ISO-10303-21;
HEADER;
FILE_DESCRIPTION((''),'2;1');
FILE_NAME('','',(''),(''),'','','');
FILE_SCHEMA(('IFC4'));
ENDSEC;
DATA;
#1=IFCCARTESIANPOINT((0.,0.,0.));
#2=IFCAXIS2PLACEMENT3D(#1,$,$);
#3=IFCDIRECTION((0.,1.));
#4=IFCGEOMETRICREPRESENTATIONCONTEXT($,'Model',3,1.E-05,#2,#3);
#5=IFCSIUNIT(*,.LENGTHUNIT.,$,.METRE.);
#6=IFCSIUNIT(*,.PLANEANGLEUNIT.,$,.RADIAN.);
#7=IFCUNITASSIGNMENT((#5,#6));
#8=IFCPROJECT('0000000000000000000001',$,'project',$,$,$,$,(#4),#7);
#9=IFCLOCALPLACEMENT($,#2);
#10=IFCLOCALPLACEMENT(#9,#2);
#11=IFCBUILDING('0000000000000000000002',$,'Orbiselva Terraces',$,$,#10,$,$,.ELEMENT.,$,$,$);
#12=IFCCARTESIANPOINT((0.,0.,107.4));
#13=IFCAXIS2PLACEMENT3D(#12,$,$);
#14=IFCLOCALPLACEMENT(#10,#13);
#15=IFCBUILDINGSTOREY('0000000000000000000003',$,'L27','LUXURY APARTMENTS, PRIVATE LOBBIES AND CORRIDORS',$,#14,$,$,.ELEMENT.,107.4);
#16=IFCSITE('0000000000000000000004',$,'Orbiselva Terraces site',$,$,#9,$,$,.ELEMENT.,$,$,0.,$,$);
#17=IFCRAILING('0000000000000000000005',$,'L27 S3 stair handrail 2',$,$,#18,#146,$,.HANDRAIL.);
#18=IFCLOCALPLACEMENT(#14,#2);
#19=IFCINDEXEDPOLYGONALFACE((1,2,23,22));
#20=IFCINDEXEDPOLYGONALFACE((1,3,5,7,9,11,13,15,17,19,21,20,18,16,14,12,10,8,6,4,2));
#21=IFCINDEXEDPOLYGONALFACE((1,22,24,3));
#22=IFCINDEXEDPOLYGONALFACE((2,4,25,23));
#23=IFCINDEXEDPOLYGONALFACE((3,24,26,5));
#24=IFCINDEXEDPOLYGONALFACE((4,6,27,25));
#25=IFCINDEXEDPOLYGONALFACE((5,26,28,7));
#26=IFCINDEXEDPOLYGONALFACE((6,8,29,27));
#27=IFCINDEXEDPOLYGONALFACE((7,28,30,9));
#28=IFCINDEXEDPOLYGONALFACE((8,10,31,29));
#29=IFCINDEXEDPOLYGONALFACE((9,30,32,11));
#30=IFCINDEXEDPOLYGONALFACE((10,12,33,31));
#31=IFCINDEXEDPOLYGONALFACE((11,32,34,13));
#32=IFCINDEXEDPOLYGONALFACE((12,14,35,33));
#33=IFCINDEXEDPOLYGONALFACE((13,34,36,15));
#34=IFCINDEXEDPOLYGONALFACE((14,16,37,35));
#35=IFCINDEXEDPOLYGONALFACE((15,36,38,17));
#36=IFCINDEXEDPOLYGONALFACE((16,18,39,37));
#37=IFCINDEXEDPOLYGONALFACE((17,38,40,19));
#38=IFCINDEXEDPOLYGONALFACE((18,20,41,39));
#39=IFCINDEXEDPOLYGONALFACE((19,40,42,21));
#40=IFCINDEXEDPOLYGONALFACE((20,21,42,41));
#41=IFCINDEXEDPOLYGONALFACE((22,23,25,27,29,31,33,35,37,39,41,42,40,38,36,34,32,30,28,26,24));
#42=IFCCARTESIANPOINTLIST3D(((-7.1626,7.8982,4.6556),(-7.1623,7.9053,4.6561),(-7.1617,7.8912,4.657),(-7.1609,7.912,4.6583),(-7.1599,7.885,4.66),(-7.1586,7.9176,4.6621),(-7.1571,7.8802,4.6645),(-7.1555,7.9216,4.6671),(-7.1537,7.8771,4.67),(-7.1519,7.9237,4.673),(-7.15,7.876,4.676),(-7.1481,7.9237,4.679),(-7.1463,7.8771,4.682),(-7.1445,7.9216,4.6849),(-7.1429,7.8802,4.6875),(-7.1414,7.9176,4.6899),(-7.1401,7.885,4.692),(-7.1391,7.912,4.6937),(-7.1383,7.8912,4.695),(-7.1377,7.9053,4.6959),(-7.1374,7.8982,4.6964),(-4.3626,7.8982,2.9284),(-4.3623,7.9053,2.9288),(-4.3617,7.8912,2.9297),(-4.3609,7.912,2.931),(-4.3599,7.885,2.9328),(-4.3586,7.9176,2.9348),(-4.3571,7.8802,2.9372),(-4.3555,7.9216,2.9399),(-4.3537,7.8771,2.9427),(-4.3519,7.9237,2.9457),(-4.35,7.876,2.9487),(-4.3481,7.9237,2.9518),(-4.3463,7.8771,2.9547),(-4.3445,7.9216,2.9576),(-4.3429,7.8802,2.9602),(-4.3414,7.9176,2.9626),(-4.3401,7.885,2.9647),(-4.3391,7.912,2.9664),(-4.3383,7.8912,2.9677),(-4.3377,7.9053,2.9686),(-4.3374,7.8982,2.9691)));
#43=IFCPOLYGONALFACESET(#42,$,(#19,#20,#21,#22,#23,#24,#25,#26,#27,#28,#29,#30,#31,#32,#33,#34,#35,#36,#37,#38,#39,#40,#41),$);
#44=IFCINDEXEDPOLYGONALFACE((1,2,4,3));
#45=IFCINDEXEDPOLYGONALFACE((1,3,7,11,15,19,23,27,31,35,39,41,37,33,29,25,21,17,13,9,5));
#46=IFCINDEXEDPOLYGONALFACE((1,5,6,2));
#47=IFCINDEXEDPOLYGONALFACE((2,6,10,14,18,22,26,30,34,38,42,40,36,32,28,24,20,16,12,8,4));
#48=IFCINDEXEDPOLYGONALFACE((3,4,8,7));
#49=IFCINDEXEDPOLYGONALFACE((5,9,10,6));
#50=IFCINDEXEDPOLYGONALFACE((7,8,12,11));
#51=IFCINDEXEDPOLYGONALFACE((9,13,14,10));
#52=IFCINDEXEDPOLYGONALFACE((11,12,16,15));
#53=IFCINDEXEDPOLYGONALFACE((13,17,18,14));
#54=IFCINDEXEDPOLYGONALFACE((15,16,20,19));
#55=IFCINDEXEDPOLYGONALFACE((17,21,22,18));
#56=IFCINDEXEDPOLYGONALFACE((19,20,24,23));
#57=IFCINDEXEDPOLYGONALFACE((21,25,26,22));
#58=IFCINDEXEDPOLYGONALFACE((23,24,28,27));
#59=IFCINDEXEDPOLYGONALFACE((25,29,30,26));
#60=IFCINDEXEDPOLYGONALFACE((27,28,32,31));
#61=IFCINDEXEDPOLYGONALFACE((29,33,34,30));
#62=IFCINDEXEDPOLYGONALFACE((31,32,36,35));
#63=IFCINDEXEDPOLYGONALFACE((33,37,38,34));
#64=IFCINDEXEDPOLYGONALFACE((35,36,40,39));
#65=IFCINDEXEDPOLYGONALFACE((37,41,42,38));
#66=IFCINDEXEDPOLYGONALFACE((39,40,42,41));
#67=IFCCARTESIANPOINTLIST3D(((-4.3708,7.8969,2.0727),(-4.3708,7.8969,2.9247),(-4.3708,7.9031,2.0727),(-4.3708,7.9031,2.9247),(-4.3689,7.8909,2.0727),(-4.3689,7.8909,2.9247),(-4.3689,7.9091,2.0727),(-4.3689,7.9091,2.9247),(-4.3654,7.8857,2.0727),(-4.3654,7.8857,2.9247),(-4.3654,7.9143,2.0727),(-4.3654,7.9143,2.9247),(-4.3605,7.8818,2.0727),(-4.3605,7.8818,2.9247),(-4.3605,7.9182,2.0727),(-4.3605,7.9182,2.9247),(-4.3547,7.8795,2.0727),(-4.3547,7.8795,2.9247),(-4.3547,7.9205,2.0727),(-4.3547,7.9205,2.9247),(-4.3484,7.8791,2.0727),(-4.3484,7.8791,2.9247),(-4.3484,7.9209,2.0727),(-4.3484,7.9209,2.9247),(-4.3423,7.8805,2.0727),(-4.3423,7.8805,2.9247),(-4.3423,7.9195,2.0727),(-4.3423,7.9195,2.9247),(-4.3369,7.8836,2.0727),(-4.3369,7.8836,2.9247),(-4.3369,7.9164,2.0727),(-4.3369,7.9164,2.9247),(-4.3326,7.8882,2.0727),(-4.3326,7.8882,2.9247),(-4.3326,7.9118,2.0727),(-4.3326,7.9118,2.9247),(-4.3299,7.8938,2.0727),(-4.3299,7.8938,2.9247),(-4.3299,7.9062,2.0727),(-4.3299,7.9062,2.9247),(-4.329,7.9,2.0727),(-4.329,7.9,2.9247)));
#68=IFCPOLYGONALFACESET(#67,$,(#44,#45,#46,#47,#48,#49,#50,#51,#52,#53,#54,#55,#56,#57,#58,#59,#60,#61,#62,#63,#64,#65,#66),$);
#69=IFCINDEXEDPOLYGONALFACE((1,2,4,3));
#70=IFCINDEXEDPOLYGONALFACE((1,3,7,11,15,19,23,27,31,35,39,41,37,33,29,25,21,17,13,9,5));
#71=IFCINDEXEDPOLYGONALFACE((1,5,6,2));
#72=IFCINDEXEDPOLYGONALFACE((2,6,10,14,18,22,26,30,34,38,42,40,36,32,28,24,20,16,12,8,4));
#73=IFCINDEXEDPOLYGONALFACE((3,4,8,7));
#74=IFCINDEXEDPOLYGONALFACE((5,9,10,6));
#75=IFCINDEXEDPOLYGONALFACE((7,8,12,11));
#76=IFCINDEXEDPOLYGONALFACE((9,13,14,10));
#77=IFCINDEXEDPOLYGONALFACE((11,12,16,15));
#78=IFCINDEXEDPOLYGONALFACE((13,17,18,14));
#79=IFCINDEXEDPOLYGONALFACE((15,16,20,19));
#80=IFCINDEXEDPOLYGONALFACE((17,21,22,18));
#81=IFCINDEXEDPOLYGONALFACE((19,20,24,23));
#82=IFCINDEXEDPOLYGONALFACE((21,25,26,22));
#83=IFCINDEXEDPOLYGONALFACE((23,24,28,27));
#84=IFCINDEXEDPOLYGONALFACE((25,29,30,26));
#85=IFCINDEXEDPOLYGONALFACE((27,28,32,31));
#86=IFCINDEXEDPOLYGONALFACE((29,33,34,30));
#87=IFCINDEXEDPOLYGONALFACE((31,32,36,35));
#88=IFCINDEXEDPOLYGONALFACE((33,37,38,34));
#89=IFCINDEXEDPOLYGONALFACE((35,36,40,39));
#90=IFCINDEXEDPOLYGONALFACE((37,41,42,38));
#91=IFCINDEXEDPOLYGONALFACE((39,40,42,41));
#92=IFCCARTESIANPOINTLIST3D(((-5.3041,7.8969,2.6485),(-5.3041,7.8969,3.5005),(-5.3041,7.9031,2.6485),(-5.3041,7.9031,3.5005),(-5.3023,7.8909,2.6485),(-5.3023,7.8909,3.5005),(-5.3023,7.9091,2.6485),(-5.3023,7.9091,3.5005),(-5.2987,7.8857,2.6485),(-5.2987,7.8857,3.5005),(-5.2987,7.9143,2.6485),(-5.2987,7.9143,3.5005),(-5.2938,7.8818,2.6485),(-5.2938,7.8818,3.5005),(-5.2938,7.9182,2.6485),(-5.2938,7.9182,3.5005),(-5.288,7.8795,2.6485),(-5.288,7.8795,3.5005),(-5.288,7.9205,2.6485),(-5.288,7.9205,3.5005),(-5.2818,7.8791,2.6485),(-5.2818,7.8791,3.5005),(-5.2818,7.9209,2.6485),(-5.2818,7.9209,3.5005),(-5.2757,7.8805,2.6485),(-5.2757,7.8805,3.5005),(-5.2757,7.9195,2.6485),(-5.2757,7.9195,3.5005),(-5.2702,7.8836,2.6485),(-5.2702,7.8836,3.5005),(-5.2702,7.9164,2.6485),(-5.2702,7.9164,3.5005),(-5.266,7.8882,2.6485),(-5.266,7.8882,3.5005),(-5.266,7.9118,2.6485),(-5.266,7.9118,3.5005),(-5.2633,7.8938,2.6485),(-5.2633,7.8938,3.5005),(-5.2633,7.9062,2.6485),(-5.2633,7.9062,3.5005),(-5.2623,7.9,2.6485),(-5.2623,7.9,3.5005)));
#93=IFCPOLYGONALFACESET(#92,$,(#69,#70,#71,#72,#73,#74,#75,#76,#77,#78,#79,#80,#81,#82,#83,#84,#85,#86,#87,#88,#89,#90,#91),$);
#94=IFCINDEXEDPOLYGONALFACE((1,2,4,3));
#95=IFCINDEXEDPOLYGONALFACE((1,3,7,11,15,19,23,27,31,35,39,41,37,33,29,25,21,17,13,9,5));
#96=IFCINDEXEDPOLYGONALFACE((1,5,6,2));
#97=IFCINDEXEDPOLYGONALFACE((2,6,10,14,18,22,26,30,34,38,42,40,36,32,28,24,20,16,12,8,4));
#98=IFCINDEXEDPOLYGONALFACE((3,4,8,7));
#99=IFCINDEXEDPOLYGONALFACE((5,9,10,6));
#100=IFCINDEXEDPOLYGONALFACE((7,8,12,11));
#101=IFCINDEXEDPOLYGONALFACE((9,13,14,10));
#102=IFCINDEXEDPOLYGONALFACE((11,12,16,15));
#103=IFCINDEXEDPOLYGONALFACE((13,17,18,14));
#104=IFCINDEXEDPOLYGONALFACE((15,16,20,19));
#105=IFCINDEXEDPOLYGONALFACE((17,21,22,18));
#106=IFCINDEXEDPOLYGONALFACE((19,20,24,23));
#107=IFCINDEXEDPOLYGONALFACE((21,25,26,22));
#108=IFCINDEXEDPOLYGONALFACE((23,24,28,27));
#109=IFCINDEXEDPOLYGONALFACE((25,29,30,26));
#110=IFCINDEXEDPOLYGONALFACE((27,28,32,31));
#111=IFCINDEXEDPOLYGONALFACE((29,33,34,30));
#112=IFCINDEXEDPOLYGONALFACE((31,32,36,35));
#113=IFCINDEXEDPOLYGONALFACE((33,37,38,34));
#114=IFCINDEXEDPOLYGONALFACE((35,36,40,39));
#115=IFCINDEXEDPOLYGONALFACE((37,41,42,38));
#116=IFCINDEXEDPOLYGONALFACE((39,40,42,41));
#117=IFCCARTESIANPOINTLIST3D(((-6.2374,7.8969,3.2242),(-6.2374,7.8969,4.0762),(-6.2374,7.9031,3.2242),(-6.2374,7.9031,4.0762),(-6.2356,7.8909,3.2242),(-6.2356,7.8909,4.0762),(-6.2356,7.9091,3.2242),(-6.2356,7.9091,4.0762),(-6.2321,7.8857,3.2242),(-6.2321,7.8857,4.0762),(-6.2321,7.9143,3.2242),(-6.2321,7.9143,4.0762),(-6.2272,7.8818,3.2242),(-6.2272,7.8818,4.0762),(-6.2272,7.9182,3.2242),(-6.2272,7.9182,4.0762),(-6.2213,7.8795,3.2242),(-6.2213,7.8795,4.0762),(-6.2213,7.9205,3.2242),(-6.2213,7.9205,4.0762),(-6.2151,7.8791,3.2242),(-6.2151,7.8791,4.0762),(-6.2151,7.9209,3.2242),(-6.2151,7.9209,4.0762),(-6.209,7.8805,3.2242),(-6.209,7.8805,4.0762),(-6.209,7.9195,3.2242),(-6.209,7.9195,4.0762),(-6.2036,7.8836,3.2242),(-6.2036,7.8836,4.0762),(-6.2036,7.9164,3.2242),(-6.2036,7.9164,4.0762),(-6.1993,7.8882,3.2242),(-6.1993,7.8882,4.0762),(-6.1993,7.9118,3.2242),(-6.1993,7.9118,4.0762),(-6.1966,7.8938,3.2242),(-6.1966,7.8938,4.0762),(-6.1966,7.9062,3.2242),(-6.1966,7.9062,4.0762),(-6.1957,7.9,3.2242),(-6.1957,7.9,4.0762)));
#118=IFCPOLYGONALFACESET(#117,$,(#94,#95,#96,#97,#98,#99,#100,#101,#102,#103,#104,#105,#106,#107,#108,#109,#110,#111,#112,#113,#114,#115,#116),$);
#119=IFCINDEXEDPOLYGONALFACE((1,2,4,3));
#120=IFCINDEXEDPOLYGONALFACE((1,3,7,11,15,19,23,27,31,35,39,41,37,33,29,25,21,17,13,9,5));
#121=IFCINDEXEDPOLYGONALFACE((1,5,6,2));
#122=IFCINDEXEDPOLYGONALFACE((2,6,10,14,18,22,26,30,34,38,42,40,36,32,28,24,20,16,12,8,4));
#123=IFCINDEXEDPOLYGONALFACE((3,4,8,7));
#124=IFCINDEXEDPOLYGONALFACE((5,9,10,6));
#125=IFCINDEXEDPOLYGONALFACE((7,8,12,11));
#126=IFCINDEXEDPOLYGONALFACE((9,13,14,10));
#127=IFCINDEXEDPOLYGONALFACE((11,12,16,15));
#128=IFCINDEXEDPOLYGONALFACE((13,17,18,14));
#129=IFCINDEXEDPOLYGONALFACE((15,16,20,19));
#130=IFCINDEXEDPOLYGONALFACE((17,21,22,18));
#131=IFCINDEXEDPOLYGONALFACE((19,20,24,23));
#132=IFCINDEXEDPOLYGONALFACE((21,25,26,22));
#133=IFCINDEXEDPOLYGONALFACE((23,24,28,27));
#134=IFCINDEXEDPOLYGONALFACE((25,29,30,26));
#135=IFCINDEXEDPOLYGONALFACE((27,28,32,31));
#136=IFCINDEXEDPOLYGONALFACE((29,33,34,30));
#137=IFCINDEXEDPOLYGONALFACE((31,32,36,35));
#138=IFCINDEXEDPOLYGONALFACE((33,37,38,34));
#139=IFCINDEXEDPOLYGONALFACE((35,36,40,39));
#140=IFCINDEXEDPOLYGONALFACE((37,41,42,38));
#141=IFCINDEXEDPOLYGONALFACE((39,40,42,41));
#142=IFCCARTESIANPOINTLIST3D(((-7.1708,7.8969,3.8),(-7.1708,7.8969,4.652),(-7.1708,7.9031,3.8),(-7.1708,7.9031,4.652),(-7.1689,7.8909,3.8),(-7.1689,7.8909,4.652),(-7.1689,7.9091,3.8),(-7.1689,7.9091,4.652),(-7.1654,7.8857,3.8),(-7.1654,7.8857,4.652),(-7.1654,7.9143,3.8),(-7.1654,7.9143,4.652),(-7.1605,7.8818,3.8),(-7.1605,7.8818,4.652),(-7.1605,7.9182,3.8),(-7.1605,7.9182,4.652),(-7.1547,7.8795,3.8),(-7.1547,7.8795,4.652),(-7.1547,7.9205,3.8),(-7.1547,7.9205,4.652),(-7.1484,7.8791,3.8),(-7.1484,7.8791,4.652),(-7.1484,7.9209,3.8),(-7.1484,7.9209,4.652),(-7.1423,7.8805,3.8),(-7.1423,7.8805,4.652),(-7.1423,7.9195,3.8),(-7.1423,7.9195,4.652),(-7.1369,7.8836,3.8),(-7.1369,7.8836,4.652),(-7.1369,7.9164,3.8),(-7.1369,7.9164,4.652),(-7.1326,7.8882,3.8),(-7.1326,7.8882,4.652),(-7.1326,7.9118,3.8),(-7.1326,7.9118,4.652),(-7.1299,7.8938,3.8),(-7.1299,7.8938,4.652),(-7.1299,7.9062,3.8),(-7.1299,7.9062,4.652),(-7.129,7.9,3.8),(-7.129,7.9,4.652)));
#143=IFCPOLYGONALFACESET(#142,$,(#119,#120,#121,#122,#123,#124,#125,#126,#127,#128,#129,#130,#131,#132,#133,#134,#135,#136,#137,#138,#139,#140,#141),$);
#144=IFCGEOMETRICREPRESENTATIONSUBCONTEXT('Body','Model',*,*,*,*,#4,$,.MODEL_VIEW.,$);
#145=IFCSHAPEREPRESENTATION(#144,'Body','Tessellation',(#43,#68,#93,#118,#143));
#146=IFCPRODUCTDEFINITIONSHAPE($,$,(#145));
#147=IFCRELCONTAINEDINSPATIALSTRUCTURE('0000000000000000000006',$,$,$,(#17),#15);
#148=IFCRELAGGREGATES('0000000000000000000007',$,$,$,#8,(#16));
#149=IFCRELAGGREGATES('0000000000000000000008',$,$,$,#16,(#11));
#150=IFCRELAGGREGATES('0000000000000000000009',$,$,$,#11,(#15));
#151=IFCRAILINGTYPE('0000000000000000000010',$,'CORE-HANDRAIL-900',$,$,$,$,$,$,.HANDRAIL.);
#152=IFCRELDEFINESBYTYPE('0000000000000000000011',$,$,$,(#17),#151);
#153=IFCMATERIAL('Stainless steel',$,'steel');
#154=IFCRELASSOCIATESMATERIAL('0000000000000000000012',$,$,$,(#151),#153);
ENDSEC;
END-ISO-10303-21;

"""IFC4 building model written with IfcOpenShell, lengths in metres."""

from ifc_helpers import new_model, si_unit, direction, frame, origin, origin_2d, place, context, subcontext, project, spatial, circle, extrude, material, type_object, element, save


model = new_model("IFC4")

# Units and contexts
model_context = context("Model", 3, precision=1e-05, world=origin(), true_north=direction((0.0, 1.0)))
body_context = subcontext(model_context, "Body", "Model", "MODEL_VIEW")
ifc_project = project(units=[si_unit("LENGTHUNIT", "METRE"), si_unit("PLANEANGLEUNIT", "RADIAN")], contexts=[model_context])

# Site, building, storey
site_placement = place(None, origin())
site = spatial("IfcSite", under=ifc_project, at=site_placement, Name="Orbiselva Terraces site", CompositionType="ELEMENT", RefElevation=0.0)
building_placement = place(site_placement, origin())
building = spatial("IfcBuilding", under=site, at=building_placement, Name="Orbiselva Terraces", CompositionType="ELEMENT")
storey_placement = place(building_placement, frame((0.0, 0.0, 107.4)))
storey = spatial("IfcBuildingStorey", under=building, at=storey_placement, Name="L27", Description="LUXURY APARTMENTS, PRIVATE LOBBIES AND CORRIDORS", CompositionType="ELEMENT", Elevation=107.4)

# Railing
ifc_material_1 = material(Name="Stainless steel", Category="steel")
railing_type_1 = type_object("IfcRailingType", Name="CORE-HANDRAIL-900", PredefinedType="HANDRAIL", material=ifc_material_1)
railing_1_placement = place(storey_placement, frame((-4.35, 7.9, 2.0727)))
element("IfcRailing", 1, at=railing_1_placement, inside=storey, type_object=railing_type_1, Name="L27 S3 stair handrail 2", PredefinedType="HANDRAIL", context=body_context, shape_type="SweptSolid", body=[
    extrude(circle(Radius=0.024, at=origin_2d()), frame((0.0, 0.0, 0.876), z_axis=(-0.851089, 0.0, 0.525022), x_axis=(0.0, -1.0, 0.0)), (0.0, 0.0, 1.0), 3.2899),
    extrude(circle(Radius=0.021, at=origin_2d()), origin(), (0.0, 0.0, 1.0), 0.852),
    extrude(circle(Radius=0.021, at=origin_2d()), frame((-0.9333, 0.0, 0.5758)), (0.0, 0.0, 1.0), 0.852),
    extrude(circle(Radius=0.021, at=origin_2d()), frame((-1.8667, 0.0, 1.1515)), (0.0, 0.0, 1.0), 0.852),
    extrude(circle(Radius=0.021, at=origin_2d()), frame((-2.8, 0.0, 1.7273)), (0.0, 0.0, 1.0), 0.852),
])

save(model, "model.ifc")
